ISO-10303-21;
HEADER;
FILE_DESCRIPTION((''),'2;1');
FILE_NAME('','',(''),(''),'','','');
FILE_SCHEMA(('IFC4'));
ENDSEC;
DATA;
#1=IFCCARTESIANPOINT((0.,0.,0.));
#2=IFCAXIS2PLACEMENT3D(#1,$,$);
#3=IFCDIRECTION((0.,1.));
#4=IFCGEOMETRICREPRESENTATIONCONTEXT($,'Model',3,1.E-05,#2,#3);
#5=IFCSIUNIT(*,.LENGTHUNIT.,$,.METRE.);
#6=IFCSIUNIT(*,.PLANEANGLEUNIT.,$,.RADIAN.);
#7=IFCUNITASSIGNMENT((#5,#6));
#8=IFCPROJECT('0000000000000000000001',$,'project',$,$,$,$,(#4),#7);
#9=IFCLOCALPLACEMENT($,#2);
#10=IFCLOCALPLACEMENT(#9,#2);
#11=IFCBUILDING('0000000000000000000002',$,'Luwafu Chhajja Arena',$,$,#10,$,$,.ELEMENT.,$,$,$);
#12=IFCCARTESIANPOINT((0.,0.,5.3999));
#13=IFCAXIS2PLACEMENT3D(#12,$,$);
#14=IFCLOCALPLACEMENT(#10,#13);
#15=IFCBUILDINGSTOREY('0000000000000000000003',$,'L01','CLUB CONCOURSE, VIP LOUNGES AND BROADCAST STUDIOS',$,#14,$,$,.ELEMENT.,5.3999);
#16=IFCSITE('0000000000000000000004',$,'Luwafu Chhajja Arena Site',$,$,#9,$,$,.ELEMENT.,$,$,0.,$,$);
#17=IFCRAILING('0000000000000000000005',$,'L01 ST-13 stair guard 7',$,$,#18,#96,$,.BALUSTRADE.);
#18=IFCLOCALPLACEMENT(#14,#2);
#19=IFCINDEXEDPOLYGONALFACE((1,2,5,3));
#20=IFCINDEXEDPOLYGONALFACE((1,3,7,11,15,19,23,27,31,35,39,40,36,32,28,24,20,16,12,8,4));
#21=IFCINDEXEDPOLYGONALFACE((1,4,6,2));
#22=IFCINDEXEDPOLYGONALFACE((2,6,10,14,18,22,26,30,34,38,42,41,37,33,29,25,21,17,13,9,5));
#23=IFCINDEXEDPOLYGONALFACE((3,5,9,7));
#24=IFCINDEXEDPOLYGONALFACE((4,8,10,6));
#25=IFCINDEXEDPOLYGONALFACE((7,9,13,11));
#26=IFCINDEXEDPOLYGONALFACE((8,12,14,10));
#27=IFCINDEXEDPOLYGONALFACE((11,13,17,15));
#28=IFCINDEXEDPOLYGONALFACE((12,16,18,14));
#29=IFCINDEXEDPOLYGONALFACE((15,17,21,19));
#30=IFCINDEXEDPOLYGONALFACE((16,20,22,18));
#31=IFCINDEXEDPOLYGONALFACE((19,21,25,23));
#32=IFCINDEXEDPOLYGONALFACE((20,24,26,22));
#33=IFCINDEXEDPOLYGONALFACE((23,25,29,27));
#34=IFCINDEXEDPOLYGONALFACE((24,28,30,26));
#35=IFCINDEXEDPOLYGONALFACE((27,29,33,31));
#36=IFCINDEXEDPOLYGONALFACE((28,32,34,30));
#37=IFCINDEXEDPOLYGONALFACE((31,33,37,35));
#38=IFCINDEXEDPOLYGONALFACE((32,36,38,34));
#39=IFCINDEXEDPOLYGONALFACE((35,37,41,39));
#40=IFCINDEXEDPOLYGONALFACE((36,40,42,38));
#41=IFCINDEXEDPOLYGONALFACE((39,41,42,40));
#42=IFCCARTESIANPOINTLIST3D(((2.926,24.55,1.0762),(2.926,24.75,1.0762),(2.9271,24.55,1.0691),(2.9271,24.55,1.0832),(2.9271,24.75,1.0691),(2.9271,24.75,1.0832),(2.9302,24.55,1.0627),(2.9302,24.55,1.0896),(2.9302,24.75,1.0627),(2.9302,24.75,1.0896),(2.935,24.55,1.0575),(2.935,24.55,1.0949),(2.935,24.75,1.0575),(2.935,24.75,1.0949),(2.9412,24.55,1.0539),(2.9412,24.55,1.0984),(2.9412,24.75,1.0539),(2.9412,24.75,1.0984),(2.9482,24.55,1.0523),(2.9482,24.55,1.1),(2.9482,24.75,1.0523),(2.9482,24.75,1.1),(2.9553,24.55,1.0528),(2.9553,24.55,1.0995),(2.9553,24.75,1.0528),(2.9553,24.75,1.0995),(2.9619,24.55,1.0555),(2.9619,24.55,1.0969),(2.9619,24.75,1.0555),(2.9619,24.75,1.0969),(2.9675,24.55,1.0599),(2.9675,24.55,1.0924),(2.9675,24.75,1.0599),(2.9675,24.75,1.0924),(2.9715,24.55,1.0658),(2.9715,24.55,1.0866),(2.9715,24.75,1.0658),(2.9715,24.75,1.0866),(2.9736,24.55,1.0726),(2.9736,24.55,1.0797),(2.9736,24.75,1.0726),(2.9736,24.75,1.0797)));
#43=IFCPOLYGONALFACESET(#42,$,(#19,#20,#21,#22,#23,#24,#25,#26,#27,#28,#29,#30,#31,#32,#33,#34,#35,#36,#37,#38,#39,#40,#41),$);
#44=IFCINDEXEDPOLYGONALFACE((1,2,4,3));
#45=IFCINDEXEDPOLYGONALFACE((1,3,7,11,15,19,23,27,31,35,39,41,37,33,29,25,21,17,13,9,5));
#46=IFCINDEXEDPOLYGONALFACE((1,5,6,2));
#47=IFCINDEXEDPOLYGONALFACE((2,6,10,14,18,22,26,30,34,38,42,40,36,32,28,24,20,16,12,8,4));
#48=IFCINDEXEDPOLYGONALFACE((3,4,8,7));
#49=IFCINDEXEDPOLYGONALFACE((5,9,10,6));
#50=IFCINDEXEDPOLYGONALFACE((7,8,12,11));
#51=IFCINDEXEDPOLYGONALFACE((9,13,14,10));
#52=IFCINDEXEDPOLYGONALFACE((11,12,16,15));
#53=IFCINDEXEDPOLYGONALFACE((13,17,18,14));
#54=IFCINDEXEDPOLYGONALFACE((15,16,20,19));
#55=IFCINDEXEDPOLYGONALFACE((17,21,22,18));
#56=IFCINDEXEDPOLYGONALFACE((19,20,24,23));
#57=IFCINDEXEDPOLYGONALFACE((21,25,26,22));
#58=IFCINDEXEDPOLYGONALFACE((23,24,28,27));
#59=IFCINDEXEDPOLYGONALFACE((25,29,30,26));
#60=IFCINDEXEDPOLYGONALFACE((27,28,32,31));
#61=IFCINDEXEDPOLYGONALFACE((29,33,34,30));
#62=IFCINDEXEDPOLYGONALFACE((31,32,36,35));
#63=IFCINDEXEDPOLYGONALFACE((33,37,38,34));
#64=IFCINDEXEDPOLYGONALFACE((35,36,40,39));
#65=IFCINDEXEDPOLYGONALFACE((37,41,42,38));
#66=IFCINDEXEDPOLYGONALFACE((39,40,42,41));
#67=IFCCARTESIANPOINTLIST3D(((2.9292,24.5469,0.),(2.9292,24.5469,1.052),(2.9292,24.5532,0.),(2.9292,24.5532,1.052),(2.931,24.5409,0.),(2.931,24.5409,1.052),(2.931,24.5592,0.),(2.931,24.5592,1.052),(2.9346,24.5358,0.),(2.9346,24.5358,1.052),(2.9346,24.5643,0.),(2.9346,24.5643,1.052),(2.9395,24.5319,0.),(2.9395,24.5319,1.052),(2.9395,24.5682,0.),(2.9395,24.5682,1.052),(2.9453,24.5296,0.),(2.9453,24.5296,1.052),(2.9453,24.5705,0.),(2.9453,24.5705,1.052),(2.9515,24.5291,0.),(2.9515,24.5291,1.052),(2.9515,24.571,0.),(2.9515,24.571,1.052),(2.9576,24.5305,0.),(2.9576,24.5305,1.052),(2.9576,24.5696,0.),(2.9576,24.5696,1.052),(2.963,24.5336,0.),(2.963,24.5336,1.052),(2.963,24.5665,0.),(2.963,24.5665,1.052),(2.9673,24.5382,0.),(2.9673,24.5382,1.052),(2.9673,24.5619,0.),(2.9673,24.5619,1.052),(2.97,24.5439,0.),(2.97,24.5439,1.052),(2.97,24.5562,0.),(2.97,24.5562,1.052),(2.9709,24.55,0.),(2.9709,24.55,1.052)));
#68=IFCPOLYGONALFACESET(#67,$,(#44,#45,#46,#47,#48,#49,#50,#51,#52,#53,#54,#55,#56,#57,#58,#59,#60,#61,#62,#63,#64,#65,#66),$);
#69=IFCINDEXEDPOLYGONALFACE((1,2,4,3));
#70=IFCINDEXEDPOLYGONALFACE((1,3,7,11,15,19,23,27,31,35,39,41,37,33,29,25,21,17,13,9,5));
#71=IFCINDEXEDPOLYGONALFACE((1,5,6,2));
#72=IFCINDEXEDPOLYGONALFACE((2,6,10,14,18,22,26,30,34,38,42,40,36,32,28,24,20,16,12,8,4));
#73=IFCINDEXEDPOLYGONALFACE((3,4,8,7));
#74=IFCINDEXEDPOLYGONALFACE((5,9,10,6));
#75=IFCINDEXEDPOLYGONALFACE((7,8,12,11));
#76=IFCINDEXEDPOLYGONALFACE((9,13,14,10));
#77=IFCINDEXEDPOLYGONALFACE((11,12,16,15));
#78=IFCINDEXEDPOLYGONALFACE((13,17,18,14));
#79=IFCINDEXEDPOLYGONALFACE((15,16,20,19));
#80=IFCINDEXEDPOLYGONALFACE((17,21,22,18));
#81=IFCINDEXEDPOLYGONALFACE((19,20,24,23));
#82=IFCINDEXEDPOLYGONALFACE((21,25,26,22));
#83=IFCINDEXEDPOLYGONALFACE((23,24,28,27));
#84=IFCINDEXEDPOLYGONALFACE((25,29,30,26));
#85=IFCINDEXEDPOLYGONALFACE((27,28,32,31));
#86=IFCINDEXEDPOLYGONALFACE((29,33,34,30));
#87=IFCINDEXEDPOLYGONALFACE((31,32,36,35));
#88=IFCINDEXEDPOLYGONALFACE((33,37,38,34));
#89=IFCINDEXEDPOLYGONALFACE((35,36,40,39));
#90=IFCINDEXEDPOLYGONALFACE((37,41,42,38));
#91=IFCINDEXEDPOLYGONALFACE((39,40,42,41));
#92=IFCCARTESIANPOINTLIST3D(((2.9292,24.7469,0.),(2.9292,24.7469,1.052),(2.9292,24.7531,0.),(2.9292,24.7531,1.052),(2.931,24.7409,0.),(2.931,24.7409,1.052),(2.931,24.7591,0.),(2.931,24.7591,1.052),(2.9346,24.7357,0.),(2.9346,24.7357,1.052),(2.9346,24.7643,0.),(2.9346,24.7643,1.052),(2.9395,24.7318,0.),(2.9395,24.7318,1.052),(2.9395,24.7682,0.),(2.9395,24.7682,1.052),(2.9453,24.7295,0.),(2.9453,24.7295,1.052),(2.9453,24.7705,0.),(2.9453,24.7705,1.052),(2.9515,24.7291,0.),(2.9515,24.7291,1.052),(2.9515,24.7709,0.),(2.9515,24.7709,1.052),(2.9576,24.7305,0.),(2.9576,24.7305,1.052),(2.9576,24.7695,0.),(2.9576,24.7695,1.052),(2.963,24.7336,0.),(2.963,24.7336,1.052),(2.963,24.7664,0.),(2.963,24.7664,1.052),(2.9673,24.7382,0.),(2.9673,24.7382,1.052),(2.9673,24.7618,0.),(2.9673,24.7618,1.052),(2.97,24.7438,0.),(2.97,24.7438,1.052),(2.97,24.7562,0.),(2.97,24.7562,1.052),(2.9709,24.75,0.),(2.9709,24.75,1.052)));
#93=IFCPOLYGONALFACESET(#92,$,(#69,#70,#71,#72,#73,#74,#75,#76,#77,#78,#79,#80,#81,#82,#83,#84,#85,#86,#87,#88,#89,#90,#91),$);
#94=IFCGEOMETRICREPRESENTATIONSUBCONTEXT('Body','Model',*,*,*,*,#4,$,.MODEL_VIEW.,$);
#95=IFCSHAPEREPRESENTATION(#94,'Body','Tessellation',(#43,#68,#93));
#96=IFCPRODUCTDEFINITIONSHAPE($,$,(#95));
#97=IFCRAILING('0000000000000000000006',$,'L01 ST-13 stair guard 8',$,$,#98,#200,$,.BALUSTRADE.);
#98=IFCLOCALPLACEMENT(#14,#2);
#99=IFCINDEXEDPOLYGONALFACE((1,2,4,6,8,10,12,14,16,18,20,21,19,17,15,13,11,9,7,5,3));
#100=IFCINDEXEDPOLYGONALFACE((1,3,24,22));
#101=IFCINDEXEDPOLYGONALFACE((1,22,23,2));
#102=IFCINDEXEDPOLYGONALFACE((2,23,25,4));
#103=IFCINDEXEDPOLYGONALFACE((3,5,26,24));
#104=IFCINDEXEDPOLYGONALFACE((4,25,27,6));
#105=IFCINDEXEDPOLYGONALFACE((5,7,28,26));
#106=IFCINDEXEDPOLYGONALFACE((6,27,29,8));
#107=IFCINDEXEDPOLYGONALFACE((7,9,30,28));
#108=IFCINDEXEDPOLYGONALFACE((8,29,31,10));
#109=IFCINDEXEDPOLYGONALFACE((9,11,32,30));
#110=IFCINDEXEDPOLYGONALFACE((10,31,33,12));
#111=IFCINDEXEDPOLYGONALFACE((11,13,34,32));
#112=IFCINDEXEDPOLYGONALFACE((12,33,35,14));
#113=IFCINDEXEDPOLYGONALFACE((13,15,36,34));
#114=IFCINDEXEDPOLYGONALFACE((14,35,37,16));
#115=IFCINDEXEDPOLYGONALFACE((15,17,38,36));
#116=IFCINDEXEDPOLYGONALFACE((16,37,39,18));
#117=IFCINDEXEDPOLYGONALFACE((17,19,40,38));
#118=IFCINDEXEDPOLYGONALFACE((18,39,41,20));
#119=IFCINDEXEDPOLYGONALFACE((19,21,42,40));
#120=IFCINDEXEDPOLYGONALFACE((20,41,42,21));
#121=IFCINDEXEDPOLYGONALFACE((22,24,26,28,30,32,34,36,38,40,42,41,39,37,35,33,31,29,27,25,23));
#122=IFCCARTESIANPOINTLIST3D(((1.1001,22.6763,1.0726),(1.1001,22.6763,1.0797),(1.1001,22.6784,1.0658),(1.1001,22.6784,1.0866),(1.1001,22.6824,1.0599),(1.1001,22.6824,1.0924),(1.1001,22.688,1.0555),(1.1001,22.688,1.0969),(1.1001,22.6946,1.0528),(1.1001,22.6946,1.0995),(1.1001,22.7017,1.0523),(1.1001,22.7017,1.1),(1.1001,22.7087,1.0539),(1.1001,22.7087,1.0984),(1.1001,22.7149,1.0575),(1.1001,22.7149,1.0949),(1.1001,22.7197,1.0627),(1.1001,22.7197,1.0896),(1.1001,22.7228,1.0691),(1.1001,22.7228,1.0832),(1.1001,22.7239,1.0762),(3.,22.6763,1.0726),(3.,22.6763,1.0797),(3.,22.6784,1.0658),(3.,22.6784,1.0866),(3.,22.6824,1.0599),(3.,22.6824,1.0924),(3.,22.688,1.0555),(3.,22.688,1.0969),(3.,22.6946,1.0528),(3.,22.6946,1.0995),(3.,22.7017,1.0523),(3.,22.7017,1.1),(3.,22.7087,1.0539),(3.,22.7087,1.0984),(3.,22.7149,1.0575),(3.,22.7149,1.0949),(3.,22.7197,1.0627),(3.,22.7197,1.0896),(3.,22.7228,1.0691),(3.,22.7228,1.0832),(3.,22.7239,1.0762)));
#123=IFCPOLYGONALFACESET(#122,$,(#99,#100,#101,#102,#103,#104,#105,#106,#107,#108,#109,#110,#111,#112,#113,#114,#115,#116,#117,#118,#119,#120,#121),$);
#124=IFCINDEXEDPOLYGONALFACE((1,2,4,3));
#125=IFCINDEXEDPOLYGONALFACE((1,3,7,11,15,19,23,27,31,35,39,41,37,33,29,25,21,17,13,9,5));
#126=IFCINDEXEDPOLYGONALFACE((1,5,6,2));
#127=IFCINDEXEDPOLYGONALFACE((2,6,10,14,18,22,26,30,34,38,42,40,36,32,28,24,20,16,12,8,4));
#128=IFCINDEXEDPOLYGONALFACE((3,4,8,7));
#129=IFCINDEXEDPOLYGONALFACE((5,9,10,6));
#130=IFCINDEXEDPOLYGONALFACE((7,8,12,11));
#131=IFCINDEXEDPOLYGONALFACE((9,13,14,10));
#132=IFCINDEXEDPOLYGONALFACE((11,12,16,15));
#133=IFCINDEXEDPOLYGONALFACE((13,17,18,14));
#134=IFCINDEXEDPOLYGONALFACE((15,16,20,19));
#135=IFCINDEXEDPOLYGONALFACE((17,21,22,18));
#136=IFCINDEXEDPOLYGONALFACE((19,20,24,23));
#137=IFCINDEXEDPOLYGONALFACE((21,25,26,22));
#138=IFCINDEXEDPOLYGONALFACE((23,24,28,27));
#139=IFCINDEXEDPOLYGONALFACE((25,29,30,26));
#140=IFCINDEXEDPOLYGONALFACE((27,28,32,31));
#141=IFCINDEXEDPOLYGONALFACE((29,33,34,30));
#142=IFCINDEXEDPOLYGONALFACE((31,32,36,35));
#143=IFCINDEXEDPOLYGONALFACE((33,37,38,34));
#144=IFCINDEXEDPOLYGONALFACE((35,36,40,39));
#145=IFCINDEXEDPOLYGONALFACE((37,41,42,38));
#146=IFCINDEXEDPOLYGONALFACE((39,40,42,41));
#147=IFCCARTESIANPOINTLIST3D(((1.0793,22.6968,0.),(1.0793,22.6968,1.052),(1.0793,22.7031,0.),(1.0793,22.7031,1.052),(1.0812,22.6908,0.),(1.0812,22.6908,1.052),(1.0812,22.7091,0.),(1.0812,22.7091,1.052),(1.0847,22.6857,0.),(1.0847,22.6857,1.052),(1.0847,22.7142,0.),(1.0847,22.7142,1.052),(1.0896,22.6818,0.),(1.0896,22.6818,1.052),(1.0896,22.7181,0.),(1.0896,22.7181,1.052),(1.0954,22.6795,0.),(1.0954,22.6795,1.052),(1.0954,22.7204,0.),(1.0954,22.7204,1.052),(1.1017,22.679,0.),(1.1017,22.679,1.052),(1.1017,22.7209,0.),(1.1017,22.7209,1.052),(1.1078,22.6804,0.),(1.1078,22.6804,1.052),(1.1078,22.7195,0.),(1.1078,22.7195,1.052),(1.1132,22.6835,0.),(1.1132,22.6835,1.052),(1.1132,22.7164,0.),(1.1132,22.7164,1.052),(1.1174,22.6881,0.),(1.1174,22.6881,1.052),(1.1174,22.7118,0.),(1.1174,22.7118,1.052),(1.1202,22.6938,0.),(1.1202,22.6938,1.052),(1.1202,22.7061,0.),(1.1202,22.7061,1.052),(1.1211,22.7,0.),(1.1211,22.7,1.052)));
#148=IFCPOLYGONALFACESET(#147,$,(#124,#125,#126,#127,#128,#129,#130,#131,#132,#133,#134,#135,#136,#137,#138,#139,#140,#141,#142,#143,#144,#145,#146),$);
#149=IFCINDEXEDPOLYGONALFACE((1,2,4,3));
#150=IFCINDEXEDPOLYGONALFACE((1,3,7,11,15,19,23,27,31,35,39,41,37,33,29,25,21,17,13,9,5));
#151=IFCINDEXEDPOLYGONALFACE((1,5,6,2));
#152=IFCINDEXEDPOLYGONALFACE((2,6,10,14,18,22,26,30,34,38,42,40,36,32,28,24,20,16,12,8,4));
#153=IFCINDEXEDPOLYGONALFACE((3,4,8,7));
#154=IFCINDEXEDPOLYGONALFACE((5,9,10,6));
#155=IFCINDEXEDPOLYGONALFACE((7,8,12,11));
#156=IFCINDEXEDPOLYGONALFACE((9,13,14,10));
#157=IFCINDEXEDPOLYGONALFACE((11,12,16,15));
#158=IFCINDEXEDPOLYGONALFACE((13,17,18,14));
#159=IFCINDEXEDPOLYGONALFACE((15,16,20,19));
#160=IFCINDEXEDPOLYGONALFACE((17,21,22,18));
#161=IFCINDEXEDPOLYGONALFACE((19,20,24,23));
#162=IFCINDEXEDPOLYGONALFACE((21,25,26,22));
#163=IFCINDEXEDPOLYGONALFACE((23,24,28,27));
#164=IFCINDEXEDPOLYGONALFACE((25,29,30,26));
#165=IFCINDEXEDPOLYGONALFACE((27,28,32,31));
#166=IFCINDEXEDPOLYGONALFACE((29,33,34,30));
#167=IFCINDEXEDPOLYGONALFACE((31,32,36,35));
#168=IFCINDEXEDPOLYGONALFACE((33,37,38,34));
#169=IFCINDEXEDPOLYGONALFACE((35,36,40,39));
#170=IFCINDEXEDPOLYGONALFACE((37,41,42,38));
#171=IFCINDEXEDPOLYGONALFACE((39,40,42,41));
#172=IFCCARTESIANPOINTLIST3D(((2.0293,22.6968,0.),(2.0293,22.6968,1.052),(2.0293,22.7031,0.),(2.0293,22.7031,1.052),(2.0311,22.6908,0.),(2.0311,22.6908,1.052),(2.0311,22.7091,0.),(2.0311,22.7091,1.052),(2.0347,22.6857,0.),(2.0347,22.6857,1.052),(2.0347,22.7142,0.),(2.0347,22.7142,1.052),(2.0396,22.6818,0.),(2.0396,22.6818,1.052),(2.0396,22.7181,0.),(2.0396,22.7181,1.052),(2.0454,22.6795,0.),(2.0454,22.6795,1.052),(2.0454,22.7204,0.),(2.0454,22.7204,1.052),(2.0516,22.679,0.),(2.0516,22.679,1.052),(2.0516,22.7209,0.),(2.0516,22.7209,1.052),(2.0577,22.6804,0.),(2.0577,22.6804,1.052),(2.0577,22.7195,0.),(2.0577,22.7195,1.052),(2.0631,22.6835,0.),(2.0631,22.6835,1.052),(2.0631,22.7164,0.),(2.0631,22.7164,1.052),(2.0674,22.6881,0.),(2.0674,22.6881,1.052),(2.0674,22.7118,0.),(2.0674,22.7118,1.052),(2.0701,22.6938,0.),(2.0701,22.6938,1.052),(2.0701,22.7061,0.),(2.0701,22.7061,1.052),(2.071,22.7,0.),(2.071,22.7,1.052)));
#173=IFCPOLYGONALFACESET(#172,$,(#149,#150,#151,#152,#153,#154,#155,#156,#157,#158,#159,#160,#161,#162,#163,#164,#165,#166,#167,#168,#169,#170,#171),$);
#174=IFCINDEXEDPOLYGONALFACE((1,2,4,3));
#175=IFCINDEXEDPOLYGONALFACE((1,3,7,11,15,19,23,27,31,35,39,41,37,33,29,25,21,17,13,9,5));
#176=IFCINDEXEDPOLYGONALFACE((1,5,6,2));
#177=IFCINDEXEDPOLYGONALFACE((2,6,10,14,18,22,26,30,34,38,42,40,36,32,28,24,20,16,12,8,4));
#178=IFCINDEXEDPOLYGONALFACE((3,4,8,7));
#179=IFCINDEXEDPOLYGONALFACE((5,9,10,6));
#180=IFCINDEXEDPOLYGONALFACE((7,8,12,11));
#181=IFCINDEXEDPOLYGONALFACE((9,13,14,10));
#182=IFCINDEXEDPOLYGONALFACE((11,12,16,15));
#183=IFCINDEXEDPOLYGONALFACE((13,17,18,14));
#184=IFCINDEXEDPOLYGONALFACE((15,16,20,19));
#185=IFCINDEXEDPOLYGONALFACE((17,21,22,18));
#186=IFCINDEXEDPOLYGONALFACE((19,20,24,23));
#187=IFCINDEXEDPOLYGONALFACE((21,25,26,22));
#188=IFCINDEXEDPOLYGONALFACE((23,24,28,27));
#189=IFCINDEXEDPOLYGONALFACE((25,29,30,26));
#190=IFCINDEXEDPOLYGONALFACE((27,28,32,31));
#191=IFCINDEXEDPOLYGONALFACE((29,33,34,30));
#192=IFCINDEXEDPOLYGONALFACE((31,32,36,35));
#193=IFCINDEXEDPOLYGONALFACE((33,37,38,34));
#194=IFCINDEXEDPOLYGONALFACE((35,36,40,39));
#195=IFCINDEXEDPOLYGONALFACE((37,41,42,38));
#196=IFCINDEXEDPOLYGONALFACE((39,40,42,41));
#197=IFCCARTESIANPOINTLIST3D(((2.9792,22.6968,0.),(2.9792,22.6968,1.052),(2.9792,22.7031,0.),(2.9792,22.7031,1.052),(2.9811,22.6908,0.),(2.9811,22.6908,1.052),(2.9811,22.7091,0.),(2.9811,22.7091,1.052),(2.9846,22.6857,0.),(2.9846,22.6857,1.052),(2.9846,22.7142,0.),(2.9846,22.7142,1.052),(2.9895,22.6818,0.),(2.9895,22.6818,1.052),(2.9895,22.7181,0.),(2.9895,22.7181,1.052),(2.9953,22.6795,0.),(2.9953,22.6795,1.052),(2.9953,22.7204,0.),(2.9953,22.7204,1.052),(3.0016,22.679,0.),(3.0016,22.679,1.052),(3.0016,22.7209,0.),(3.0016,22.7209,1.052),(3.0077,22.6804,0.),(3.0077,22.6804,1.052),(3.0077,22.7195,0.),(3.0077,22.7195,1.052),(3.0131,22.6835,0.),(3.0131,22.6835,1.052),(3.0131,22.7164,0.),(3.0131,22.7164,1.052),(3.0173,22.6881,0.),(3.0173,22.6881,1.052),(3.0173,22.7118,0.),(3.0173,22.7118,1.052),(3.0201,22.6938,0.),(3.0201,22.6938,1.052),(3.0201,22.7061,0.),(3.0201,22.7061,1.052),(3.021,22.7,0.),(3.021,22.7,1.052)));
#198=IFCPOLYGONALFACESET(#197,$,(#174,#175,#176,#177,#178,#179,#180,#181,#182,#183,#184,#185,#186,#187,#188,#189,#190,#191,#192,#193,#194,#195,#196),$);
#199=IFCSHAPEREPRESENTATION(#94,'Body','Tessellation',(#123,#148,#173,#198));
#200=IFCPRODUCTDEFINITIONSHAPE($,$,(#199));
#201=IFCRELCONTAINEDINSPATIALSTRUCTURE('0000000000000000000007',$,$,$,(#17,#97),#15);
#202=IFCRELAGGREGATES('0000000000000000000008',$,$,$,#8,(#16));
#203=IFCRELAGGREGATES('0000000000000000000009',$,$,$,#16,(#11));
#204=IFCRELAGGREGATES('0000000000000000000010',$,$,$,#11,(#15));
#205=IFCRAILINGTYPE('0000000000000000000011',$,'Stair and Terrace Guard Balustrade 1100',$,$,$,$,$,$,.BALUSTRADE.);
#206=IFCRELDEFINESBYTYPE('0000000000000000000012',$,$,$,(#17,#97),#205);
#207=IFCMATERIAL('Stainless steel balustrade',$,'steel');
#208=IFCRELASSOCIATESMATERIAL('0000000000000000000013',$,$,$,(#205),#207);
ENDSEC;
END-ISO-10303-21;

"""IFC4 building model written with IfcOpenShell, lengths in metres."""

from ifc_helpers import new_model, si_unit, direction, frame, origin, origin_2d, place, context, subcontext, project, spatial, circle, extrude, material, type_object, element, save


model = new_model("IFC4")

# Units and contexts
model_context = context("Model", 3, precision=1e-05, world=origin(), true_north=direction((0.0, 1.0)))
body_context = subcontext(model_context, "Body", "Model", "MODEL_VIEW")
ifc_project = project(units=[si_unit("LENGTHUNIT", "METRE"), si_unit("PLANEANGLEUNIT", "RADIAN")], contexts=[model_context])

# Site, building, storey
site_placement = place(None, origin())
site = spatial("IfcSite", under=ifc_project, at=site_placement, Name="Luwafu Chhajja Arena Site", CompositionType="ELEMENT", RefElevation=0.0)
building_placement = place(site_placement, origin())
building = spatial("IfcBuilding", under=site, at=building_placement, Name="Luwafu Chhajja Arena", CompositionType="ELEMENT")
storey_placement = place(building_placement, frame((0.0, 0.0, 5.3999)))
storey = spatial("IfcBuildingStorey", under=building, at=storey_placement, Name="L01", Description="CLUB CONCOURSE, VIP LOUNGES AND BROADCAST STUDIOS", CompositionType="ELEMENT", Elevation=5.3999)

# Railings
ifc_material_1 = material(Name="Stainless steel balustrade", Category="steel")
railing_type_1 = type_object("IfcRailingType", Name="Stair and Terrace Guard Balustrade 1100", PredefinedType="BALUSTRADE", material=ifc_material_1)
railing_1_placement = place(storey_placement, frame((2.95, 24.55, 0.0)))
element("IfcRailing", 1, at=railing_1_placement, inside=storey, type_object=railing_type_1, Name="L01 ST-13 stair guard 7", PredefinedType="BALUSTRADE", context=body_context, shape_type="SweptSolid", body=[
    extrude(circle(Radius=0.0239, at=origin_2d()), frame((0.0, 0.0, 1.0762), z_axis=(0.0, 1.0, 0.0), x_axis=(-1.0, 0.0, 0.0)), (0.0, 0.0, 1.0), 0.2),
    extrude(circle(Radius=0.021, at=origin_2d()), origin(), (0.0, 0.0, 1.0), 1.052),
    extrude(circle(Radius=0.021, at=origin_2d()), frame((0.0, 0.2, 0.0)), (0.0, 0.0, 1.0), 1.052),
])
for number, where, name in (
    (2, (1.1001, 22.7, 0.0), "L01 ST-13 stair guard 8"),
):
    element("IfcRailing", number, at=place(storey_placement, frame(where)), inside=storey, type_object=railing_type_1, Name=name, PredefinedType="BALUSTRADE", context=body_context, shape_type="SweptSolid", body=[
        extrude(circle(Radius=0.0239, at=origin_2d()), frame((0.0, 0.0, 1.0762), z_axis=(1.0, 0.0, 0.0), x_axis=(0.0, 1.0, 0.0)), (0.0, 0.0, 1.0), 1.8999),
        extrude(circle(Radius=0.021, at=origin_2d()), origin(), (0.0, 0.0, 1.0), 1.052),
        extrude(circle(Radius=0.021, at=origin_2d()), frame((0.95, 0.0, 0.0)), (0.0, 0.0, 1.0), 1.052),
        extrude(circle(Radius=0.021, at=origin_2d()), frame((1.8999, 0.0, 0.0)), (0.0, 0.0, 1.0), 1.052),
    ])

save(model, "model.ifc")
